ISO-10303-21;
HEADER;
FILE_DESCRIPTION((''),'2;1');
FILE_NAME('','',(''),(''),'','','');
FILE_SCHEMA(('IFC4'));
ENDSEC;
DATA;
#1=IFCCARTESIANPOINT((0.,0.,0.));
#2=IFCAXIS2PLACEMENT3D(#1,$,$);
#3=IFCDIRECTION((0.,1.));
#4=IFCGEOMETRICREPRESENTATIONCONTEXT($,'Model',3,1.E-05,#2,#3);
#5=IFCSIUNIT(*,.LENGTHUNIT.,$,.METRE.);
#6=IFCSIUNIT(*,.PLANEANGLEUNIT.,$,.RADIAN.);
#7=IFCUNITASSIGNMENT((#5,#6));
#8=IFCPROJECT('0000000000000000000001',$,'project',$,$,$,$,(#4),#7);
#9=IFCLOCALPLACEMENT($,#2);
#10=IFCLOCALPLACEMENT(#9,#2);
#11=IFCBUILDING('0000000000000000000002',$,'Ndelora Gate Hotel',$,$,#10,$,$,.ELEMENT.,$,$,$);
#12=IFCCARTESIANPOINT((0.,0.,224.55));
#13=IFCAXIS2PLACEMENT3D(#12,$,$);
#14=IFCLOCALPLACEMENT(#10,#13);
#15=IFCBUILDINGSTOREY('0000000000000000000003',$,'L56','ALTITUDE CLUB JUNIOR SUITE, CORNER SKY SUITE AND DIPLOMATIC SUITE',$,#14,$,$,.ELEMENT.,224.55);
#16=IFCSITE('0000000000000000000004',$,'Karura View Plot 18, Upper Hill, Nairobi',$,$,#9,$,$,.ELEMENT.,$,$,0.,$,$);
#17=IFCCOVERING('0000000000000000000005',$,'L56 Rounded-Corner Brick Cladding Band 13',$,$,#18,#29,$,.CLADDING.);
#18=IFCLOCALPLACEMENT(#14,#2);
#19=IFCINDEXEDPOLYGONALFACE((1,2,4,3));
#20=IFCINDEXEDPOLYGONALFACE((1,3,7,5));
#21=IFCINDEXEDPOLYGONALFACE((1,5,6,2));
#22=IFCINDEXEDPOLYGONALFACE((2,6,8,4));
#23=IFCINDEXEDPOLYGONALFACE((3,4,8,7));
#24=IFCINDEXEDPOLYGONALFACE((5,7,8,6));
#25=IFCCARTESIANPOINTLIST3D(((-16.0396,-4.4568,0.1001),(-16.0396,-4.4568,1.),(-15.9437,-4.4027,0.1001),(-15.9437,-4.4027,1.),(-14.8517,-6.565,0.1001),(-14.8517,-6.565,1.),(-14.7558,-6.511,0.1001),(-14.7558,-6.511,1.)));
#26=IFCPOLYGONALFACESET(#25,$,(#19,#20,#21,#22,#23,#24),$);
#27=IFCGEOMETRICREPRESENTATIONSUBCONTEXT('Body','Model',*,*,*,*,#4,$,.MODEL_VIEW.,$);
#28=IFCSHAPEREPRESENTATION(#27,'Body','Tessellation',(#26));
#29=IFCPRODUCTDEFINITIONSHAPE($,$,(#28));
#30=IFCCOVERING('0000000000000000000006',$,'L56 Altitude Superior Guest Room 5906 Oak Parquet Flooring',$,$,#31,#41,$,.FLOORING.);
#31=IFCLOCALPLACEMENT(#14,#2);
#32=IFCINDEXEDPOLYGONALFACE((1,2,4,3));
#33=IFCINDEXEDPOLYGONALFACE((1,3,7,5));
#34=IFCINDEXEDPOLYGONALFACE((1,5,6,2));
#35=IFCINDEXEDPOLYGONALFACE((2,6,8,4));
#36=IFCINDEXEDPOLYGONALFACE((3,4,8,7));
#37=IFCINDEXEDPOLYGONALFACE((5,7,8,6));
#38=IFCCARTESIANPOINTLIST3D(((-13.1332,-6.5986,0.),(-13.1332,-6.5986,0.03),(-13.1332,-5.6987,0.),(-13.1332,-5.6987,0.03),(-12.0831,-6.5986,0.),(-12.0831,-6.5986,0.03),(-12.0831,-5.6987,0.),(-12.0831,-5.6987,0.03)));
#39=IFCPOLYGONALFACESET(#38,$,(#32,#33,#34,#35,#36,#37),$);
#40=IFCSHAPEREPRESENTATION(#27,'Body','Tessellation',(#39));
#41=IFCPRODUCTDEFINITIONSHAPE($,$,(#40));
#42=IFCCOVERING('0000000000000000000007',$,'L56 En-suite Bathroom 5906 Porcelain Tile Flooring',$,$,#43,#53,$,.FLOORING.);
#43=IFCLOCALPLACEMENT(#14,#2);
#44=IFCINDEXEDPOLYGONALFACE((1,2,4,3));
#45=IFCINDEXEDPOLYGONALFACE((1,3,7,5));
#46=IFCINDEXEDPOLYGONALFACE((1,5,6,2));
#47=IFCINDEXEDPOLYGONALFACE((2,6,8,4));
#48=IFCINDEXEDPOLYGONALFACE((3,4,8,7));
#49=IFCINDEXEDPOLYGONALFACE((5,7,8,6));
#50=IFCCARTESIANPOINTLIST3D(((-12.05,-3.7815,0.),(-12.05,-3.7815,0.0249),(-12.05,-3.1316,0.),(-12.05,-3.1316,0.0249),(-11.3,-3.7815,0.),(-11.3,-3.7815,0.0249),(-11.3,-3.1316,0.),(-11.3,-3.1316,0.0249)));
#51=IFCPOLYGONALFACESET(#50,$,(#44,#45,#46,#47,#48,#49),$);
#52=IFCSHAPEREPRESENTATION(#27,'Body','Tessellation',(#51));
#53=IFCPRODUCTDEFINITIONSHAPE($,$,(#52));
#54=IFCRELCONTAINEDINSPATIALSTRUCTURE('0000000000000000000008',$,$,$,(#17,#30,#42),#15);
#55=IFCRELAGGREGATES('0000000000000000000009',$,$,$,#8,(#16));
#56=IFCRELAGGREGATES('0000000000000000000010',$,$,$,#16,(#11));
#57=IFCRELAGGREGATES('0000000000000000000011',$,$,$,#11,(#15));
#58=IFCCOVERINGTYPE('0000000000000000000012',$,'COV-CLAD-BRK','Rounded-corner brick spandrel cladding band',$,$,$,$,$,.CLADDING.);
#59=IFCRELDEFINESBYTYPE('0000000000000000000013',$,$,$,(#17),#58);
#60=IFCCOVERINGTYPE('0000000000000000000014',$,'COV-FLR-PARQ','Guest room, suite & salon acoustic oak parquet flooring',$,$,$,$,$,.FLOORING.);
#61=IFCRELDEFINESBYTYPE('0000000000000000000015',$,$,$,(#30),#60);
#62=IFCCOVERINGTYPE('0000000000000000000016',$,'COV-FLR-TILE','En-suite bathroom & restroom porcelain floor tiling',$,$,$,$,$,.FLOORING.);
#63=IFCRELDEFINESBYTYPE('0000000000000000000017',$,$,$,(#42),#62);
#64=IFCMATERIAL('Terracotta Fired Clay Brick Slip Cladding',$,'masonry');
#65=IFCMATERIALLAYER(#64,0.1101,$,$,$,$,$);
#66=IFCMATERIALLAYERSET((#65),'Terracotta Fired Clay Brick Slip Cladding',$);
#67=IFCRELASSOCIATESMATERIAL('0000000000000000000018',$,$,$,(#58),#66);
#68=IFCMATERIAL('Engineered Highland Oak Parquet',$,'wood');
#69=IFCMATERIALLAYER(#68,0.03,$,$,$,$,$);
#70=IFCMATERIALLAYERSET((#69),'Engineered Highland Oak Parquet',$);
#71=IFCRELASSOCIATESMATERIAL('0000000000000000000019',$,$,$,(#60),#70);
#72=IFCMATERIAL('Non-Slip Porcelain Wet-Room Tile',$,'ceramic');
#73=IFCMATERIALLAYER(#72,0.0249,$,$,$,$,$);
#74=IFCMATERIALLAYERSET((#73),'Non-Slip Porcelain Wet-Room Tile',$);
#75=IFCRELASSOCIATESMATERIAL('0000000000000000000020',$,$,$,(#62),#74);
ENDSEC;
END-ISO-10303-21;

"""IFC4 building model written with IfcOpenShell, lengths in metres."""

from ifc_helpers import new_model, si_unit, direction, frame, origin, origin_2d, place, context, subcontext, project, spatial, rectangle, extrude, material, layer, layer_set, type_object, element, save


model = new_model("IFC4")

# Units and contexts
model_context = context("Model", 3, precision=1e-05, world=origin(), true_north=direction((0.0, 1.0)))
body_context = subcontext(model_context, "Body", "Model", "MODEL_VIEW")
ifc_project = project(units=[si_unit("LENGTHUNIT", "METRE"), si_unit("PLANEANGLEUNIT", "RADIAN")], contexts=[model_context])

# Site, building, storey
site_placement = place(None, origin())
site = spatial("IfcSite", under=ifc_project, at=site_placement, Name="Karura View Plot 18, Upper Hill, Nairobi", CompositionType="ELEMENT", RefElevation=0.0)
building_placement = place(site_placement, origin())
building = spatial("IfcBuilding", under=site, at=building_placement, Name="Ndelora Gate Hotel", CompositionType="ELEMENT")
storey_placement = place(building_placement, frame((0.0, 0.0, 224.55)))
storey = spatial("IfcBuildingStorey", under=building, at=storey_placement, Name="L56", Description="ALTITUDE CLUB JUNIOR SUITE, CORNER SKY SUITE AND DIPLOMATIC SUITE", CompositionType="ELEMENT", Elevation=224.55)

# Coverings
ifc_material_1 = material(Name="Terracotta Fired Clay Brick Slip Cladding", Category="masonry")
ifc_layer_1 = layer(ifc_material_1, 0.1101)
ifc_layer_set_1 = layer_set([ifc_layer_1], Name="Terracotta Fired Clay Brick Slip Cladding")
covering_type_1 = type_object("IfcCoveringType", Name="COV-CLAD-BRK", Description="Rounded-corner brick spandrel cladding band", PredefinedType="CLADDING", material=ifc_layer_set_1)
covering_1_placement = place(storey_placement, frame((-15.3977, -5.4839, 0.1001), z_axis=(0.0, 0.0, 1.0), x_axis=(-0.490904, 0.871214, 0.0)))
element("IfcCovering", 1, at=covering_1_placement, inside=storey, type_object=covering_type_1, Name="L56 Rounded-Corner Brick Cladding Band 13", PredefinedType="CLADDING", context=body_context, shape_type="SweptSolid", body=[
    extrude(rectangle(XDim=2.4199, YDim=0.1101, at=origin_2d()), origin(), (0.0, 0.0, 1.0), 0.8999),
])
ifc_material_2 = material(Name="Engineered Highland Oak Parquet", Category="wood")
ifc_layer_2 = layer(ifc_material_2, 0.03)
ifc_layer_set_2 = layer_set([ifc_layer_2], Name="Engineered Highland Oak Parquet")
covering_type_2 = type_object("IfcCoveringType", Name="COV-FLR-PARQ", Description="Guest room, suite & salon acoustic oak parquet flooring", PredefinedType="FLOORING", material=ifc_layer_set_2)
covering_2_placement = place(storey_placement, frame((-12.6082, -6.1487, 0.0), z_axis=(0.0, 0.0, 1.0), x_axis=(1.0, 0.0, 0.0)))
element("IfcCovering", 2, at=covering_2_placement, inside=storey, type_object=covering_type_2, Name="L56 Altitude Superior Guest Room 5906 Oak Parquet Flooring", PredefinedType="FLOORING", context=body_context, shape_type="SweptSolid", body=[
    extrude(rectangle(XDim=1.05, YDim=0.8999, at=origin_2d()), origin(), (0.0, 0.0, 1.0), 0.03),
])
ifc_material_3 = material(Name="Non-Slip Porcelain Wet-Room Tile", Category="ceramic")
ifc_layer_3 = layer(ifc_material_3, 0.0249)
ifc_layer_set_3 = layer_set([ifc_layer_3], Name="Non-Slip Porcelain Wet-Room Tile")
covering_type_3 = type_object("IfcCoveringType", Name="COV-FLR-TILE", Description="En-suite bathroom & restroom porcelain floor tiling", PredefinedType="FLOORING", material=ifc_layer_set_3)
covering_3_placement = place(storey_placement, frame((-11.675, -3.4565, 0.0), z_axis=(0.0, 0.0, 1.0), x_axis=(1.0, 0.0, 0.0)))
element("IfcCovering", 3, at=covering_3_placement, inside=storey, type_object=covering_type_3, Name="L56 En-suite Bathroom 5906 Porcelain Tile Flooring", PredefinedType="FLOORING", context=body_context, shape_type="SweptSolid", body=[
    extrude(rectangle(XDim=0.75, YDim=0.6499, at=origin_2d()), origin(), (0.0, 0.0, 1.0), 0.0249),
])

save(model, "model.ifc")
